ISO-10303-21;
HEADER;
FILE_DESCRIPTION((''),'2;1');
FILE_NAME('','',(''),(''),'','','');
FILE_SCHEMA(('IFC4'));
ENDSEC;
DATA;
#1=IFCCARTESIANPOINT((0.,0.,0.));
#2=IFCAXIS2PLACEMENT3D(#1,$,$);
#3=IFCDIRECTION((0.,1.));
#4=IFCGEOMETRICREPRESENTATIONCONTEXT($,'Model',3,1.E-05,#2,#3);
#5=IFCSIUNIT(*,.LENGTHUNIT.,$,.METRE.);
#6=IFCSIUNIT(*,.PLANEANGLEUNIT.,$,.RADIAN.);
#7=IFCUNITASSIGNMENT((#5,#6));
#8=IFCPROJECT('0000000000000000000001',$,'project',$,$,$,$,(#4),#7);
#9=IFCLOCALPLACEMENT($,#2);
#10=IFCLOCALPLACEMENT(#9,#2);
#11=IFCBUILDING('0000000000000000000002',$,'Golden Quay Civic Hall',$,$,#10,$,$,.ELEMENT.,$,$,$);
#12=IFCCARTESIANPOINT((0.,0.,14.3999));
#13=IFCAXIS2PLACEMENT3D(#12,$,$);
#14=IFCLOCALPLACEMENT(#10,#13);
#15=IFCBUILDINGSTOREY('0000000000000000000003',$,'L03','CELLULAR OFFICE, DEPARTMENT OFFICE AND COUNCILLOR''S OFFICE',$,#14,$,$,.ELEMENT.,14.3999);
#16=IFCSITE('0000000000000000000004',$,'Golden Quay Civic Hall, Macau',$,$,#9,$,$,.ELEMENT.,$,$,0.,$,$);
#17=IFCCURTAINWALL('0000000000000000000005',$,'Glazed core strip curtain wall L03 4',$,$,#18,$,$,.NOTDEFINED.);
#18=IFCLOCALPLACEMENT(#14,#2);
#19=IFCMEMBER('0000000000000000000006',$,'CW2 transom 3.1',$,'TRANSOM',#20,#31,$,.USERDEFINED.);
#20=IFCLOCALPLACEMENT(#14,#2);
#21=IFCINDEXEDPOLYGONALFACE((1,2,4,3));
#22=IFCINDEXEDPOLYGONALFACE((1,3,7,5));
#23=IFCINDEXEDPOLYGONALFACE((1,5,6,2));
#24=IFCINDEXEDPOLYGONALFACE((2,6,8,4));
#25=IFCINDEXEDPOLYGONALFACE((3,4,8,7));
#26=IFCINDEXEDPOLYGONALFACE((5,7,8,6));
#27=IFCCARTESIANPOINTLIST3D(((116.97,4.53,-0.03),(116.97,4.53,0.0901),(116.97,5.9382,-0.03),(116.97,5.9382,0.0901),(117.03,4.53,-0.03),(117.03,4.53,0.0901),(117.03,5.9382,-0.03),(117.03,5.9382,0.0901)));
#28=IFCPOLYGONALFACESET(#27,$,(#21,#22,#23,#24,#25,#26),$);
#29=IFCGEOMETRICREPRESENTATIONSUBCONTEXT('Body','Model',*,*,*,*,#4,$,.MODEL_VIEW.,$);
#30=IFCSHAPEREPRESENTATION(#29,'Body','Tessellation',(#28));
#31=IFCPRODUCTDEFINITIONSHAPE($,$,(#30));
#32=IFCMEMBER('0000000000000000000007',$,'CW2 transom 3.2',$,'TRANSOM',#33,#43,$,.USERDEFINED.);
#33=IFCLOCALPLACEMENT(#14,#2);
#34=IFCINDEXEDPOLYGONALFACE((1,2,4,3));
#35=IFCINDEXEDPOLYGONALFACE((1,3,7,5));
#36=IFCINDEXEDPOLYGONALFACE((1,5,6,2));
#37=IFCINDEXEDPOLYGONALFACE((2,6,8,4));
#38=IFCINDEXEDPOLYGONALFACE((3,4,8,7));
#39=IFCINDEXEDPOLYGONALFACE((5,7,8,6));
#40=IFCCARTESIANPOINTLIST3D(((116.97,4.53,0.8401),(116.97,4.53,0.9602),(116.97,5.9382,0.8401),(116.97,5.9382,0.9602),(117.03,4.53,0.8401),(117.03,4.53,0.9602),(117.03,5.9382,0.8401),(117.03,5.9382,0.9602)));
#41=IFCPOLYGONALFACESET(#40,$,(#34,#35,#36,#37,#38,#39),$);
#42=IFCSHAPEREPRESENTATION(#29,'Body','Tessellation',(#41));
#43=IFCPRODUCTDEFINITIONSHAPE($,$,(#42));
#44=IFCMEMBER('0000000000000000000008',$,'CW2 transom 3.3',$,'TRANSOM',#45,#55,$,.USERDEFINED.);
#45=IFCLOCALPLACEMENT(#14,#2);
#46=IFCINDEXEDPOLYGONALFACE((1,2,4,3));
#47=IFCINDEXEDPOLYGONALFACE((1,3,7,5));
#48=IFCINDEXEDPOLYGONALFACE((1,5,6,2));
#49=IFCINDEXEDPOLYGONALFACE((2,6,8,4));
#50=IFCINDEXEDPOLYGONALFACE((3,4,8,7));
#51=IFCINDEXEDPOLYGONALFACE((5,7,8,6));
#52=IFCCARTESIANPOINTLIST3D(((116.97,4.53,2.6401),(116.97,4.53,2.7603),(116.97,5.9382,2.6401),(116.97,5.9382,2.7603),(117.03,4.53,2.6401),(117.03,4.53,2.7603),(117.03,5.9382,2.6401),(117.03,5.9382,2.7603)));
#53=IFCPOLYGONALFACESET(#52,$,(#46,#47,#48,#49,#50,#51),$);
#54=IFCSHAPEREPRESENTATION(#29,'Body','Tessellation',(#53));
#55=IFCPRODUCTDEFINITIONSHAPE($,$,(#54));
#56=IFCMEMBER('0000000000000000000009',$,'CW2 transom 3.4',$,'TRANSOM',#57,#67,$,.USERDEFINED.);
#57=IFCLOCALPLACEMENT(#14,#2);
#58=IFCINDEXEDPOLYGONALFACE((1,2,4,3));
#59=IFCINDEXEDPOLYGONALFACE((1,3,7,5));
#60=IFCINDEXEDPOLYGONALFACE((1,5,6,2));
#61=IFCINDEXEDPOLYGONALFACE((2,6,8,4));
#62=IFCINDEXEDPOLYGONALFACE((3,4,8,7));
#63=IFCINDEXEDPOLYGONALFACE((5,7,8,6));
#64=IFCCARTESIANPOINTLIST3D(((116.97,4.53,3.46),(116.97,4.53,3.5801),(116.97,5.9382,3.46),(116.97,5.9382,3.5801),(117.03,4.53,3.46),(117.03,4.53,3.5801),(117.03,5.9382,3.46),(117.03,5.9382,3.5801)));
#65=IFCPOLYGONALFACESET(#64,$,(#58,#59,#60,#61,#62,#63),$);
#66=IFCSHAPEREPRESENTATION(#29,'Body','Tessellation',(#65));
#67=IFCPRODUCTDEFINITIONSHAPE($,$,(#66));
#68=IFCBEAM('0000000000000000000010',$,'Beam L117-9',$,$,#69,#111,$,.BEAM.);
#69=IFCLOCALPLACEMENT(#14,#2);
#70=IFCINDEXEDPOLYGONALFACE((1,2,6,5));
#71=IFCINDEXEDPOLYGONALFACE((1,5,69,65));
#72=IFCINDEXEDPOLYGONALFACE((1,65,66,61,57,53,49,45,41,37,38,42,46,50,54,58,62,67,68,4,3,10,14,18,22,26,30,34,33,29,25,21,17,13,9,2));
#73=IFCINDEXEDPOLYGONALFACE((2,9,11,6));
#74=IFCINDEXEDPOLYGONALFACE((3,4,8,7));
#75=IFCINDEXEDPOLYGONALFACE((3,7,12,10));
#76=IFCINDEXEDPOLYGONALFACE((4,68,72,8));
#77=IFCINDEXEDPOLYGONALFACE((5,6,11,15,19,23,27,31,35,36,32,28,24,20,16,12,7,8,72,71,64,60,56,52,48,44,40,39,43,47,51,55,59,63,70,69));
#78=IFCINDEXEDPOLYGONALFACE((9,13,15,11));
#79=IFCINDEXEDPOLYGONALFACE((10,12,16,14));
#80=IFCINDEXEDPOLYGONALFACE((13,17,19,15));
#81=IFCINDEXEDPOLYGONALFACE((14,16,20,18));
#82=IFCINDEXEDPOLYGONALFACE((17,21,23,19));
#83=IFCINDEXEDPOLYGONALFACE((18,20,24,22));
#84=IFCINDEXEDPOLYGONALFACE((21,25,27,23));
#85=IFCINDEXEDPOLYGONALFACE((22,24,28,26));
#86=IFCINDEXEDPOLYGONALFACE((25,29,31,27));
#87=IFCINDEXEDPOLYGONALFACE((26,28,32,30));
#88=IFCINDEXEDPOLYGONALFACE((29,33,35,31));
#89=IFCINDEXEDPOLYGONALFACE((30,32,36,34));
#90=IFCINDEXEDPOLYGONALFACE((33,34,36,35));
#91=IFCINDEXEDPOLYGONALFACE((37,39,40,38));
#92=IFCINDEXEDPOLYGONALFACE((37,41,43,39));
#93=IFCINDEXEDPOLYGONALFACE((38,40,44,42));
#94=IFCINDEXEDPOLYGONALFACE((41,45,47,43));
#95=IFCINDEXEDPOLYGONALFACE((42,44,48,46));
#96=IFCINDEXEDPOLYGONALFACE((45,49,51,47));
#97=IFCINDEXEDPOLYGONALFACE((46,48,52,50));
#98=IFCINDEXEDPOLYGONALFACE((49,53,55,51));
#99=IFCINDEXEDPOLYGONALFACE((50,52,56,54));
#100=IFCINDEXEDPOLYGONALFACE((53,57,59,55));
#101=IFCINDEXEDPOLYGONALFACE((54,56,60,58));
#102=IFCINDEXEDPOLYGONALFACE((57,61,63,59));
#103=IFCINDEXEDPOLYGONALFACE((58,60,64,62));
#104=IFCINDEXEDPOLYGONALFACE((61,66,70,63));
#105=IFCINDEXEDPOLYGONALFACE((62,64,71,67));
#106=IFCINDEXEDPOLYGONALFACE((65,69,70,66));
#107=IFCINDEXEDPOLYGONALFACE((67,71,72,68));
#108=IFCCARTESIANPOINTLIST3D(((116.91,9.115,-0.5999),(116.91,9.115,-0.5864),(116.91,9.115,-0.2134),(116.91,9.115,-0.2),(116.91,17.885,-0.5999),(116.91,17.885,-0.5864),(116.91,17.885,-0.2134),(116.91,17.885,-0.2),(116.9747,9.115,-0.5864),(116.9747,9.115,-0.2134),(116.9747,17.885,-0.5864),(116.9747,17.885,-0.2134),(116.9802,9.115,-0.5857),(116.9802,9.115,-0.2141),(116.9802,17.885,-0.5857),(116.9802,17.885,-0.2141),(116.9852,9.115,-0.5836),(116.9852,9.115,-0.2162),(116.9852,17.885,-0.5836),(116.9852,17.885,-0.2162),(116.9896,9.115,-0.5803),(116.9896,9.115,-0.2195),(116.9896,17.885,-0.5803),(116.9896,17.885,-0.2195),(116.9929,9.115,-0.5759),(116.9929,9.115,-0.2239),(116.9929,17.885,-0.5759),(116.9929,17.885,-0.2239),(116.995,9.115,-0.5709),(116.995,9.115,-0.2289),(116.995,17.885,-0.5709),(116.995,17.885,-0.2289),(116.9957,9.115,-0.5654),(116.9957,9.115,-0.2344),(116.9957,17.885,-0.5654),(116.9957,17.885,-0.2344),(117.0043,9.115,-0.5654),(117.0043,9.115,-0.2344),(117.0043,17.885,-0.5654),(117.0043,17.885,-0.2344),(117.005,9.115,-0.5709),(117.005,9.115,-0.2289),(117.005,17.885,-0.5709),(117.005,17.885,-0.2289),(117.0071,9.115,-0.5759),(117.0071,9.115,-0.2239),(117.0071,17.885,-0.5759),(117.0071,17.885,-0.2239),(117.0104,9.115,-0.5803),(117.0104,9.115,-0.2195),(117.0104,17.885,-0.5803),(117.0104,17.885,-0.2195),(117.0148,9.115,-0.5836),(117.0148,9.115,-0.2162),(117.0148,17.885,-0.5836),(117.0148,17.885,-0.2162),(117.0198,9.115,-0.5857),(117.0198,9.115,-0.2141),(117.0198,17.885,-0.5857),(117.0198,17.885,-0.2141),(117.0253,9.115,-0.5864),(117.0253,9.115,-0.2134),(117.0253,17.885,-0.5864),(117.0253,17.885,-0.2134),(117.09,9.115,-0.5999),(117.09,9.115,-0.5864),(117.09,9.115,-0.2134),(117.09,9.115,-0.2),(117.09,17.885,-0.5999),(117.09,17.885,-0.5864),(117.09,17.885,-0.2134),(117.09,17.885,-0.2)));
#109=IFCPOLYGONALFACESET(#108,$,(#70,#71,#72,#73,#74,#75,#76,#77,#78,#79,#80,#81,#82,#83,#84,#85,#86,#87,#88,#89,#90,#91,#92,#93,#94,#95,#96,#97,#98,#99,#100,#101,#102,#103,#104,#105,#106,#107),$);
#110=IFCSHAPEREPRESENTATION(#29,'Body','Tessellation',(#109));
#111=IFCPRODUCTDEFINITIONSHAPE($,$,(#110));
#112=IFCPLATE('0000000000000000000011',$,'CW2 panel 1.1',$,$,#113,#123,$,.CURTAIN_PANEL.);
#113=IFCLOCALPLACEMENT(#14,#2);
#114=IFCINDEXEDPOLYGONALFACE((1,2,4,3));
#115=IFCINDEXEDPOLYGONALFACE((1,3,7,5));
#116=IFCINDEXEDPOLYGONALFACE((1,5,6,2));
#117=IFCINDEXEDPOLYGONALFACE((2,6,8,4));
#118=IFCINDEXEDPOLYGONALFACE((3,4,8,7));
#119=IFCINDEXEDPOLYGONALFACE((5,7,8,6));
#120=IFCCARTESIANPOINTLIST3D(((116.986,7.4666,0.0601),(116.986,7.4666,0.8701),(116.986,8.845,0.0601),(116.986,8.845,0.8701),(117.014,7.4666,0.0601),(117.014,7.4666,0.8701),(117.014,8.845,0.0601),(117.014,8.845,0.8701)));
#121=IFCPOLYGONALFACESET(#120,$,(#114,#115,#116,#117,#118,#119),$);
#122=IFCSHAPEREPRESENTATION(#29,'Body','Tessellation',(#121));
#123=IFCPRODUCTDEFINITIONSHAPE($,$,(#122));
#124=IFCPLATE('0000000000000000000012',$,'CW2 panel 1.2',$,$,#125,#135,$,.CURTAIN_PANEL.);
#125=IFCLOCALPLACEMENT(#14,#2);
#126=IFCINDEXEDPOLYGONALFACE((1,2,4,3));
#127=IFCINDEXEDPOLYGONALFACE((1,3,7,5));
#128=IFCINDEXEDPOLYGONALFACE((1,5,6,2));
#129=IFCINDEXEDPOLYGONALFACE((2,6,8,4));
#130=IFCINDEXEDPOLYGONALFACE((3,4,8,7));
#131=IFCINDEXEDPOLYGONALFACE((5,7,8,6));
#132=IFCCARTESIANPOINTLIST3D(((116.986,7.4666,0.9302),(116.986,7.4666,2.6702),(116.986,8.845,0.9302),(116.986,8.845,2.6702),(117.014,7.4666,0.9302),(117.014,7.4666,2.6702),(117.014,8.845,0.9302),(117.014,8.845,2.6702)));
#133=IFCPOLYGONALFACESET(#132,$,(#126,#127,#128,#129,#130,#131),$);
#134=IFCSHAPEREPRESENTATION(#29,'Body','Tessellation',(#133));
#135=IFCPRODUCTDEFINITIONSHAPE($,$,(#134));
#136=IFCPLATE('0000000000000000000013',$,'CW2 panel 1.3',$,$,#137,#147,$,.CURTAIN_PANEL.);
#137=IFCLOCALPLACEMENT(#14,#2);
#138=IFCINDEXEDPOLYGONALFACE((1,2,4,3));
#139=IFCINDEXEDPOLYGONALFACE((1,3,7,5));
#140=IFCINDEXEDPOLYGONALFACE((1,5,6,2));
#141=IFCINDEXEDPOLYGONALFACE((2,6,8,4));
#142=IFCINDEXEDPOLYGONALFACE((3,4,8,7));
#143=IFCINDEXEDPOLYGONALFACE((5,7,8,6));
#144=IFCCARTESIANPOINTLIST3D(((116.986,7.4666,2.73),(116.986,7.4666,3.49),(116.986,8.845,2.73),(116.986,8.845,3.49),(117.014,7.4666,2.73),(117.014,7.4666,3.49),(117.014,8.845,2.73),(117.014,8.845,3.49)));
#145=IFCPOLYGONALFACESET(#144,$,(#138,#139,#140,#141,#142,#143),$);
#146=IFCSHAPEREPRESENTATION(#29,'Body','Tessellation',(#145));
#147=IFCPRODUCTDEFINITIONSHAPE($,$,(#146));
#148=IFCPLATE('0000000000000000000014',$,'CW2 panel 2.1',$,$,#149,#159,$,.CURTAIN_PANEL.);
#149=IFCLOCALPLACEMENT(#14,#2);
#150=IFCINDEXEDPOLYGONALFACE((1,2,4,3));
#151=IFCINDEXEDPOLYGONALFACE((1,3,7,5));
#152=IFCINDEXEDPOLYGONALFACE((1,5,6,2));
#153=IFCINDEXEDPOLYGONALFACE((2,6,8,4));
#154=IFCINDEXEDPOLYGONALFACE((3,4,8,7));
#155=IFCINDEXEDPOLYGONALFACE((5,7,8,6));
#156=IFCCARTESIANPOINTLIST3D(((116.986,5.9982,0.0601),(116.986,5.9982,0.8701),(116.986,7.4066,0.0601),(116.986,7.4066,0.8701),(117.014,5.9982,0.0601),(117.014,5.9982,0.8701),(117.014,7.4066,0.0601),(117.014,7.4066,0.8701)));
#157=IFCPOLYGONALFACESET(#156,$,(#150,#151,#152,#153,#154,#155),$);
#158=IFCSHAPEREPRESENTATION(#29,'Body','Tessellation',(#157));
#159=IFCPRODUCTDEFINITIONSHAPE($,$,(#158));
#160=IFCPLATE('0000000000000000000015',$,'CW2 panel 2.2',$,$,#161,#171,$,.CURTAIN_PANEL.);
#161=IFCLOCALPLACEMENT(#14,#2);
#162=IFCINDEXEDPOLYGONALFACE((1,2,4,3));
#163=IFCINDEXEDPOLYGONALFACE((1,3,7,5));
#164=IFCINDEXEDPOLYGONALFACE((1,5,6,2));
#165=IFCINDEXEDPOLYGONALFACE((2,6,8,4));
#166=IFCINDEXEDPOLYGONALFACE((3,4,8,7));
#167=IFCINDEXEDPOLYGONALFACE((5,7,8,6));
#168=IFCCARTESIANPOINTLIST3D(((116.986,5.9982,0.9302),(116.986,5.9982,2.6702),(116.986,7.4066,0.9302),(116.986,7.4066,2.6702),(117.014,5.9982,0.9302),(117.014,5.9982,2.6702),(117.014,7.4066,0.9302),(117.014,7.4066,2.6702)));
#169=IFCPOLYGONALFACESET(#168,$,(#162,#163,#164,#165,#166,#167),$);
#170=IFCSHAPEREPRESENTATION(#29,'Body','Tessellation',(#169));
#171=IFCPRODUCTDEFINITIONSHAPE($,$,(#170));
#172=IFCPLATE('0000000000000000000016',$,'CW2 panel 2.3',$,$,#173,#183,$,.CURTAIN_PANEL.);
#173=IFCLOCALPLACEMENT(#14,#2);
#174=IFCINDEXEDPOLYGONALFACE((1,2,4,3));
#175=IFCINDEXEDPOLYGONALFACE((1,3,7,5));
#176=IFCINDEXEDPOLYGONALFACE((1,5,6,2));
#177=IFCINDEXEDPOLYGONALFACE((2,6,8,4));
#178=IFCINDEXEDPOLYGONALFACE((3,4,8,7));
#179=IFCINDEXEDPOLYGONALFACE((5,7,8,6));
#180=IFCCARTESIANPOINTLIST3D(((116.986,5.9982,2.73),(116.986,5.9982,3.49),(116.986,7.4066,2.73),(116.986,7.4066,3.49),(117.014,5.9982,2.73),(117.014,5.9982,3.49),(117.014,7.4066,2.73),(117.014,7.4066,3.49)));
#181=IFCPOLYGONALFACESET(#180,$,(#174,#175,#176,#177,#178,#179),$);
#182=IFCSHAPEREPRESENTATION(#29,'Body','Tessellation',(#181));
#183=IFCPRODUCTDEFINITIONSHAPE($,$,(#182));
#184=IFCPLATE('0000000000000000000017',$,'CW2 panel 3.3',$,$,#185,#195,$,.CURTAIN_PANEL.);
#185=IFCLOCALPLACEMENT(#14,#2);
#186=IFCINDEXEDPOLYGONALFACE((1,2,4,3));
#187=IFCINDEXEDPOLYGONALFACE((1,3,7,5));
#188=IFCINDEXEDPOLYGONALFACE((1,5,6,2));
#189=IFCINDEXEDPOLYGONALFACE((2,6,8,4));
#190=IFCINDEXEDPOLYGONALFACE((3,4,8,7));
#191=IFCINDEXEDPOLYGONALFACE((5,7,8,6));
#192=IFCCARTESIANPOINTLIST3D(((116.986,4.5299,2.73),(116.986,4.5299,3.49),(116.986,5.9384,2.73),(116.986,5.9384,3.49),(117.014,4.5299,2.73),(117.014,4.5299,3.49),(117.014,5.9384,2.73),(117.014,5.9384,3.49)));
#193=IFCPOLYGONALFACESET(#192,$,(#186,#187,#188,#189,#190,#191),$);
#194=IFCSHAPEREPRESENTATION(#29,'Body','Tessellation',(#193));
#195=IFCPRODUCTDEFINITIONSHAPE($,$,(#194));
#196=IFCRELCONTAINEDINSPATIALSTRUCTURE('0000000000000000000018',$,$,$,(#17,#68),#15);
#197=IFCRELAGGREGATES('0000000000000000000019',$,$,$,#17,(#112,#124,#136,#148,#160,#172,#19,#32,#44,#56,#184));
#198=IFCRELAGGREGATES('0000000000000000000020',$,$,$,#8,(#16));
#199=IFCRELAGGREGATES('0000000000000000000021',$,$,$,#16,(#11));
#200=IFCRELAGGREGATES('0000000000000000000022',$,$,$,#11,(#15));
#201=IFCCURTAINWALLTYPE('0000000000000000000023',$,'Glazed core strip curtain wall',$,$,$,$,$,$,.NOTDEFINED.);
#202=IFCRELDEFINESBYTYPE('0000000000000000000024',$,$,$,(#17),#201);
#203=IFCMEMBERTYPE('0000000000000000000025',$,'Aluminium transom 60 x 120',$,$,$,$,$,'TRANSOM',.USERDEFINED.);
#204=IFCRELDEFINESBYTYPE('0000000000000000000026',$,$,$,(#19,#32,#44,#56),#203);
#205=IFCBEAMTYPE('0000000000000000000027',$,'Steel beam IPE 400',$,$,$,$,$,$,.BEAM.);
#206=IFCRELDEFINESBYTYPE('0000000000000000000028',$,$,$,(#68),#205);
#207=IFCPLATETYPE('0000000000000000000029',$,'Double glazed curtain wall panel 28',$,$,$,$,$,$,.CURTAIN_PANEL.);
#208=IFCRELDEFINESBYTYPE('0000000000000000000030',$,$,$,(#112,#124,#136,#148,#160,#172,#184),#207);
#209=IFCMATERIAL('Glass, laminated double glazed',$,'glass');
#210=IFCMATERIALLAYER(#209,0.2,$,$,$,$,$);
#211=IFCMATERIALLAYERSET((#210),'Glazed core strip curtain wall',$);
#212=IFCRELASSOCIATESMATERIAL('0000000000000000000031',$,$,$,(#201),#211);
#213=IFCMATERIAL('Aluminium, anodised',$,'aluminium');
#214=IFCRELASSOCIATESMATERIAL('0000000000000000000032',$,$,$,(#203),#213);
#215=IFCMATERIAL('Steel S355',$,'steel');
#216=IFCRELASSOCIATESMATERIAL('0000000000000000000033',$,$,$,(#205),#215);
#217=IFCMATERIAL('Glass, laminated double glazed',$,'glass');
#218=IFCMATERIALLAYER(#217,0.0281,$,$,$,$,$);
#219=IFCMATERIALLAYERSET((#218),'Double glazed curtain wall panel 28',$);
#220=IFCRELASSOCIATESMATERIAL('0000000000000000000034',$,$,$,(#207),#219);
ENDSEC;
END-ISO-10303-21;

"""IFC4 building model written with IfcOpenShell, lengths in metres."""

from ifc_helpers import new_model, si_unit, direction, frame, origin, origin_2d, place, context, subcontext, project, spatial, rectangle, i_section, extrude, material, layer, layer_set, material_profile, profile_set, type_object, element, aggregate, save


model = new_model("IFC4")

# Units and contexts
model_context = context("Model", 3, precision=1e-05, world=origin(), true_north=direction((0.0, 1.0)))
body_context = subcontext(model_context, "Body", "Model", "MODEL_VIEW")
ifc_project = project(units=[si_unit("LENGTHUNIT", "METRE"), si_unit("PLANEANGLEUNIT", "RADIAN")], contexts=[model_context])

# Site, building, storey
site_placement = place(None, origin())
site = spatial("IfcSite", under=ifc_project, at=site_placement, Name="Golden Quay Civic Hall, Macau", CompositionType="ELEMENT", RefElevation=0.0)
building_placement = place(site_placement, origin())
building = spatial("IfcBuilding", under=site, at=building_placement, Name="Golden Quay Civic Hall", CompositionType="ELEMENT")
storey_placement = place(building_placement, frame((0.0, 0.0, 14.3999)))
storey = spatial("IfcBuildingStorey", under=building, at=storey_placement, Name="L03", Description="CELLULAR OFFICE, DEPARTMENT OFFICE AND COUNCILLOR'S OFFICE", CompositionType="ELEMENT", Elevation=14.3999)

# Curtain wall, members
ifc_material_1 = material(Name="Glass, laminated double glazed", Category="glass")
ifc_layer_1 = layer(ifc_material_1, 0.2)
ifc_layer_set_1 = layer_set([ifc_layer_1], Name="Glazed core strip curtain wall")
curtain_wall_type = type_object("IfcCurtainWallType", Name="Glazed core strip curtain wall", PredefinedType="NOTDEFINED", material=ifc_layer_set_1)
curtain_wall_placement = place(storey_placement, origin())
curtain_wall = element("IfcCurtainWall", 1, at=curtain_wall_placement, inside=storey, type_object=curtain_wall_type, Name="Glazed core strip curtain wall L03 4", PredefinedType="NOTDEFINED")
ifc_material_2 = material(Name="Aluminium, anodised", Category="aluminium")
ifc_material_profile_1 = material_profile(ifc_material_2, rectangle(XDim=0.0601, YDim=0.1201, at=origin_2d()), Name="Aluminium 60 x 120")
ifc_profile_set_1 = profile_set([ifc_material_profile_1], Name="Aluminium, anodised")
member_type_1 = type_object("IfcMemberType", Name="Aluminium transom 60 x 120", ElementType="TRANSOM", PredefinedType="USERDEFINED", material=ifc_profile_set_1)
member_1_placement = place(storey_placement, frame((117.0, 5.9382, 0.03), z_axis=(0.0, -1.0, 0.0), x_axis=(1.0, 0.0, 0.0)))
member_1 = element("IfcMember", 2, at=member_1_placement, type_object=member_type_1, Name="CW2 transom 3.1", ObjectType="TRANSOM", PredefinedType="USERDEFINED", context=body_context, shape_type="SweptSolid", body=[
    extrude(rectangle(XDim=0.0601, YDim=0.1201, at=origin_2d()), origin(), (0.0, 0.0, 1.0), 1.4082),
])
member_2_placement = place(storey_placement, frame((117.0, 5.9382, 0.9001), z_axis=(0.0, -1.0, 0.0), x_axis=(1.0, 0.0, 0.0)))
member_2 = element("IfcMember", 3, at=member_2_placement, type_object=member_type_1, Name="CW2 transom 3.2", ObjectType="TRANSOM", PredefinedType="USERDEFINED", context=body_context, shape_type="SweptSolid", body=[
    extrude(rectangle(XDim=0.0601, YDim=0.1201, at=origin_2d()), origin(), (0.0, 0.0, 1.0), 1.4082),
])
member_3_placement = place(storey_placement, frame((117.0, 5.9382, 2.7002), z_axis=(0.0, -1.0, 0.0), x_axis=(1.0, 0.0, 0.0)))
member_3 = element("IfcMember", 4, at=member_3_placement, type_object=member_type_1, Name="CW2 transom 3.3", ObjectType="TRANSOM", PredefinedType="USERDEFINED", context=body_context, shape_type="SweptSolid", body=[
    extrude(rectangle(XDim=0.0601, YDim=0.1201, at=origin_2d()), origin(), (0.0, 0.0, 1.0), 1.4082),
])
member_4_placement = place(storey_placement, frame((117.0, 5.9382, 3.52), z_axis=(0.0, -1.0, 0.0), x_axis=(1.0, 0.0, 0.0)))
member_4 = element("IfcMember", 5, at=member_4_placement, type_object=member_type_1, Name="CW2 transom 3.4", ObjectType="TRANSOM", PredefinedType="USERDEFINED", context=body_context, shape_type="SweptSolid", body=[
    extrude(rectangle(XDim=0.0601, YDim=0.1201, at=origin_2d()), origin(), (0.0, 0.0, 1.0), 1.4082),
])

# Beam
ifc_material_3 = material(Name="Steel S355", Category="steel")
ifc_material_profile_2 = material_profile(ifc_material_3, i_section(OverallWidth=0.1799, OverallDepth=0.3999, WebThickness=0.0085, FlangeThickness=0.0134, FilletRadius=0.021, at=origin_2d()), Name="IPE 400")
ifc_profile_set_2 = profile_set([ifc_material_profile_2], Name="Steel S355")
beam_type = type_object("IfcBeamType", Name="Steel beam IPE 400", PredefinedType="BEAM", material=ifc_profile_set_2)
beam_placement = place(storey_placement, frame((117.0, 9.115, -0.3999), z_axis=(0.0, 1.0, 0.0), x_axis=(-1.0, 0.0, 0.0)))
element("IfcBeam", 6, at=beam_placement, inside=storey, type_object=beam_type, Name="Beam L117-9", PredefinedType="BEAM", context=body_context, shape_type="SweptSolid", body=[
    extrude(i_section(OverallWidth=0.1799, OverallDepth=0.3999, WebThickness=0.0085, FlangeThickness=0.0134, FilletRadius=0.021, at=origin_2d()), origin(), (0.0, 0.0, 1.0), 8.77),
])

# Plates
ifc_material_4 = material(Name="Glass, laminated double glazed", Category="glass")
ifc_layer_2 = layer(ifc_material_4, 0.0281)
ifc_layer_set_2 = layer_set([ifc_layer_2], Name="Double glazed curtain wall panel 28")
plate_type = type_object("IfcPlateType", Name="Double glazed curtain wall panel 28", PredefinedType="CURTAIN_PANEL", material=ifc_layer_set_2)
plate_1_placement = place(storey_placement, frame((117.0, 8.1558, 0.0601), z_axis=(0.0, 0.0, 1.0), x_axis=(0.0, -1.0, 0.0)))
plate_1 = element("IfcPlate", 7, at=plate_1_placement, type_object=plate_type, Name="CW2 panel 1.1", PredefinedType="CURTAIN_PANEL", context=body_context, shape_type="SweptSolid", body=[
    extrude(rectangle(XDim=1.3784, YDim=0.0281, at=origin_2d()), origin(), (0.0, 0.0, 1.0), 0.8101),
])
plate_2_placement = place(storey_placement, frame((117.0, 8.1558, 0.9302), z_axis=(0.0, 0.0, 1.0), x_axis=(0.0, -1.0, 0.0)))
plate_2 = element("IfcPlate", 8, at=plate_2_placement, type_object=plate_type, Name="CW2 panel 1.2", PredefinedType="CURTAIN_PANEL", context=body_context, shape_type="SweptSolid", body=[
    extrude(rectangle(XDim=1.3784, YDim=0.0281, at=origin_2d()), origin(), (0.0, 0.0, 1.0), 1.74),
])
plate_3_placement = place(storey_placement, frame((117.0, 8.1558, 2.73), z_axis=(0.0, 0.0, 1.0), x_axis=(0.0, -1.0, 0.0)))
plate_3 = element("IfcPlate", 9, at=plate_3_placement, type_object=plate_type, Name="CW2 panel 1.3", PredefinedType="CURTAIN_PANEL", context=body_context, shape_type="SweptSolid", body=[
    extrude(rectangle(XDim=1.3784, YDim=0.0281, at=origin_2d()), origin(), (0.0, 0.0, 1.0), 0.76),
])
plate_4_placement = place(storey_placement, frame((117.0, 6.7024, 0.0601), z_axis=(0.0, 0.0, 1.0), x_axis=(0.0, -1.0, 0.0)))
plate_4 = element("IfcPlate", 10, at=plate_4_placement, type_object=plate_type, Name="CW2 panel 2.1", PredefinedType="CURTAIN_PANEL", context=body_context, shape_type="SweptSolid", body=[
    extrude(rectangle(XDim=1.4084, YDim=0.0281, at=origin_2d()), origin(), (0.0, 0.0, 1.0), 0.8101),
])
plate_5_placement = place(storey_placement, frame((117.0, 6.7024, 0.9302), z_axis=(0.0, 0.0, 1.0), x_axis=(0.0, -1.0, 0.0)))
plate_5 = element("IfcPlate", 11, at=plate_5_placement, type_object=plate_type, Name="CW2 panel 2.2", PredefinedType="CURTAIN_PANEL", context=body_context, shape_type="SweptSolid", body=[
    extrude(rectangle(XDim=1.4084, YDim=0.0281, at=origin_2d()), origin(), (0.0, 0.0, 1.0), 1.74),
])
plate_6_placement = place(storey_placement, frame((117.0, 6.7024, 2.73), z_axis=(0.0, 0.0, 1.0), x_axis=(0.0, -1.0, 0.0)))
plate_6 = element("IfcPlate", 12, at=plate_6_placement, type_object=plate_type, Name="CW2 panel 2.3", PredefinedType="CURTAIN_PANEL", context=body_context, shape_type="SweptSolid", body=[
    extrude(rectangle(XDim=1.4084, YDim=0.0281, at=origin_2d()), origin(), (0.0, 0.0, 1.0), 0.76),
])
plate_7_placement = place(storey_placement, frame((117.0, 5.2341, 2.73), z_axis=(0.0, 0.0, 1.0), x_axis=(0.0, -1.0, 0.0)))
plate_7 = element("IfcPlate", 13, at=plate_7_placement, type_object=plate_type, Name="CW2 panel 3.3", PredefinedType="CURTAIN_PANEL", context=body_context, shape_type="SweptSolid", body=[
    extrude(rectangle(XDim=1.4084, YDim=0.0281, at=origin_2d()), origin(), (0.0, 0.0, 1.0), 0.76),
])
aggregate(curtain_wall, [plate_1, plate_2, plate_3, plate_4, plate_5, plate_6, member_1, member_2, member_3, member_4, plate_7])

save(model, "model.ifc")
